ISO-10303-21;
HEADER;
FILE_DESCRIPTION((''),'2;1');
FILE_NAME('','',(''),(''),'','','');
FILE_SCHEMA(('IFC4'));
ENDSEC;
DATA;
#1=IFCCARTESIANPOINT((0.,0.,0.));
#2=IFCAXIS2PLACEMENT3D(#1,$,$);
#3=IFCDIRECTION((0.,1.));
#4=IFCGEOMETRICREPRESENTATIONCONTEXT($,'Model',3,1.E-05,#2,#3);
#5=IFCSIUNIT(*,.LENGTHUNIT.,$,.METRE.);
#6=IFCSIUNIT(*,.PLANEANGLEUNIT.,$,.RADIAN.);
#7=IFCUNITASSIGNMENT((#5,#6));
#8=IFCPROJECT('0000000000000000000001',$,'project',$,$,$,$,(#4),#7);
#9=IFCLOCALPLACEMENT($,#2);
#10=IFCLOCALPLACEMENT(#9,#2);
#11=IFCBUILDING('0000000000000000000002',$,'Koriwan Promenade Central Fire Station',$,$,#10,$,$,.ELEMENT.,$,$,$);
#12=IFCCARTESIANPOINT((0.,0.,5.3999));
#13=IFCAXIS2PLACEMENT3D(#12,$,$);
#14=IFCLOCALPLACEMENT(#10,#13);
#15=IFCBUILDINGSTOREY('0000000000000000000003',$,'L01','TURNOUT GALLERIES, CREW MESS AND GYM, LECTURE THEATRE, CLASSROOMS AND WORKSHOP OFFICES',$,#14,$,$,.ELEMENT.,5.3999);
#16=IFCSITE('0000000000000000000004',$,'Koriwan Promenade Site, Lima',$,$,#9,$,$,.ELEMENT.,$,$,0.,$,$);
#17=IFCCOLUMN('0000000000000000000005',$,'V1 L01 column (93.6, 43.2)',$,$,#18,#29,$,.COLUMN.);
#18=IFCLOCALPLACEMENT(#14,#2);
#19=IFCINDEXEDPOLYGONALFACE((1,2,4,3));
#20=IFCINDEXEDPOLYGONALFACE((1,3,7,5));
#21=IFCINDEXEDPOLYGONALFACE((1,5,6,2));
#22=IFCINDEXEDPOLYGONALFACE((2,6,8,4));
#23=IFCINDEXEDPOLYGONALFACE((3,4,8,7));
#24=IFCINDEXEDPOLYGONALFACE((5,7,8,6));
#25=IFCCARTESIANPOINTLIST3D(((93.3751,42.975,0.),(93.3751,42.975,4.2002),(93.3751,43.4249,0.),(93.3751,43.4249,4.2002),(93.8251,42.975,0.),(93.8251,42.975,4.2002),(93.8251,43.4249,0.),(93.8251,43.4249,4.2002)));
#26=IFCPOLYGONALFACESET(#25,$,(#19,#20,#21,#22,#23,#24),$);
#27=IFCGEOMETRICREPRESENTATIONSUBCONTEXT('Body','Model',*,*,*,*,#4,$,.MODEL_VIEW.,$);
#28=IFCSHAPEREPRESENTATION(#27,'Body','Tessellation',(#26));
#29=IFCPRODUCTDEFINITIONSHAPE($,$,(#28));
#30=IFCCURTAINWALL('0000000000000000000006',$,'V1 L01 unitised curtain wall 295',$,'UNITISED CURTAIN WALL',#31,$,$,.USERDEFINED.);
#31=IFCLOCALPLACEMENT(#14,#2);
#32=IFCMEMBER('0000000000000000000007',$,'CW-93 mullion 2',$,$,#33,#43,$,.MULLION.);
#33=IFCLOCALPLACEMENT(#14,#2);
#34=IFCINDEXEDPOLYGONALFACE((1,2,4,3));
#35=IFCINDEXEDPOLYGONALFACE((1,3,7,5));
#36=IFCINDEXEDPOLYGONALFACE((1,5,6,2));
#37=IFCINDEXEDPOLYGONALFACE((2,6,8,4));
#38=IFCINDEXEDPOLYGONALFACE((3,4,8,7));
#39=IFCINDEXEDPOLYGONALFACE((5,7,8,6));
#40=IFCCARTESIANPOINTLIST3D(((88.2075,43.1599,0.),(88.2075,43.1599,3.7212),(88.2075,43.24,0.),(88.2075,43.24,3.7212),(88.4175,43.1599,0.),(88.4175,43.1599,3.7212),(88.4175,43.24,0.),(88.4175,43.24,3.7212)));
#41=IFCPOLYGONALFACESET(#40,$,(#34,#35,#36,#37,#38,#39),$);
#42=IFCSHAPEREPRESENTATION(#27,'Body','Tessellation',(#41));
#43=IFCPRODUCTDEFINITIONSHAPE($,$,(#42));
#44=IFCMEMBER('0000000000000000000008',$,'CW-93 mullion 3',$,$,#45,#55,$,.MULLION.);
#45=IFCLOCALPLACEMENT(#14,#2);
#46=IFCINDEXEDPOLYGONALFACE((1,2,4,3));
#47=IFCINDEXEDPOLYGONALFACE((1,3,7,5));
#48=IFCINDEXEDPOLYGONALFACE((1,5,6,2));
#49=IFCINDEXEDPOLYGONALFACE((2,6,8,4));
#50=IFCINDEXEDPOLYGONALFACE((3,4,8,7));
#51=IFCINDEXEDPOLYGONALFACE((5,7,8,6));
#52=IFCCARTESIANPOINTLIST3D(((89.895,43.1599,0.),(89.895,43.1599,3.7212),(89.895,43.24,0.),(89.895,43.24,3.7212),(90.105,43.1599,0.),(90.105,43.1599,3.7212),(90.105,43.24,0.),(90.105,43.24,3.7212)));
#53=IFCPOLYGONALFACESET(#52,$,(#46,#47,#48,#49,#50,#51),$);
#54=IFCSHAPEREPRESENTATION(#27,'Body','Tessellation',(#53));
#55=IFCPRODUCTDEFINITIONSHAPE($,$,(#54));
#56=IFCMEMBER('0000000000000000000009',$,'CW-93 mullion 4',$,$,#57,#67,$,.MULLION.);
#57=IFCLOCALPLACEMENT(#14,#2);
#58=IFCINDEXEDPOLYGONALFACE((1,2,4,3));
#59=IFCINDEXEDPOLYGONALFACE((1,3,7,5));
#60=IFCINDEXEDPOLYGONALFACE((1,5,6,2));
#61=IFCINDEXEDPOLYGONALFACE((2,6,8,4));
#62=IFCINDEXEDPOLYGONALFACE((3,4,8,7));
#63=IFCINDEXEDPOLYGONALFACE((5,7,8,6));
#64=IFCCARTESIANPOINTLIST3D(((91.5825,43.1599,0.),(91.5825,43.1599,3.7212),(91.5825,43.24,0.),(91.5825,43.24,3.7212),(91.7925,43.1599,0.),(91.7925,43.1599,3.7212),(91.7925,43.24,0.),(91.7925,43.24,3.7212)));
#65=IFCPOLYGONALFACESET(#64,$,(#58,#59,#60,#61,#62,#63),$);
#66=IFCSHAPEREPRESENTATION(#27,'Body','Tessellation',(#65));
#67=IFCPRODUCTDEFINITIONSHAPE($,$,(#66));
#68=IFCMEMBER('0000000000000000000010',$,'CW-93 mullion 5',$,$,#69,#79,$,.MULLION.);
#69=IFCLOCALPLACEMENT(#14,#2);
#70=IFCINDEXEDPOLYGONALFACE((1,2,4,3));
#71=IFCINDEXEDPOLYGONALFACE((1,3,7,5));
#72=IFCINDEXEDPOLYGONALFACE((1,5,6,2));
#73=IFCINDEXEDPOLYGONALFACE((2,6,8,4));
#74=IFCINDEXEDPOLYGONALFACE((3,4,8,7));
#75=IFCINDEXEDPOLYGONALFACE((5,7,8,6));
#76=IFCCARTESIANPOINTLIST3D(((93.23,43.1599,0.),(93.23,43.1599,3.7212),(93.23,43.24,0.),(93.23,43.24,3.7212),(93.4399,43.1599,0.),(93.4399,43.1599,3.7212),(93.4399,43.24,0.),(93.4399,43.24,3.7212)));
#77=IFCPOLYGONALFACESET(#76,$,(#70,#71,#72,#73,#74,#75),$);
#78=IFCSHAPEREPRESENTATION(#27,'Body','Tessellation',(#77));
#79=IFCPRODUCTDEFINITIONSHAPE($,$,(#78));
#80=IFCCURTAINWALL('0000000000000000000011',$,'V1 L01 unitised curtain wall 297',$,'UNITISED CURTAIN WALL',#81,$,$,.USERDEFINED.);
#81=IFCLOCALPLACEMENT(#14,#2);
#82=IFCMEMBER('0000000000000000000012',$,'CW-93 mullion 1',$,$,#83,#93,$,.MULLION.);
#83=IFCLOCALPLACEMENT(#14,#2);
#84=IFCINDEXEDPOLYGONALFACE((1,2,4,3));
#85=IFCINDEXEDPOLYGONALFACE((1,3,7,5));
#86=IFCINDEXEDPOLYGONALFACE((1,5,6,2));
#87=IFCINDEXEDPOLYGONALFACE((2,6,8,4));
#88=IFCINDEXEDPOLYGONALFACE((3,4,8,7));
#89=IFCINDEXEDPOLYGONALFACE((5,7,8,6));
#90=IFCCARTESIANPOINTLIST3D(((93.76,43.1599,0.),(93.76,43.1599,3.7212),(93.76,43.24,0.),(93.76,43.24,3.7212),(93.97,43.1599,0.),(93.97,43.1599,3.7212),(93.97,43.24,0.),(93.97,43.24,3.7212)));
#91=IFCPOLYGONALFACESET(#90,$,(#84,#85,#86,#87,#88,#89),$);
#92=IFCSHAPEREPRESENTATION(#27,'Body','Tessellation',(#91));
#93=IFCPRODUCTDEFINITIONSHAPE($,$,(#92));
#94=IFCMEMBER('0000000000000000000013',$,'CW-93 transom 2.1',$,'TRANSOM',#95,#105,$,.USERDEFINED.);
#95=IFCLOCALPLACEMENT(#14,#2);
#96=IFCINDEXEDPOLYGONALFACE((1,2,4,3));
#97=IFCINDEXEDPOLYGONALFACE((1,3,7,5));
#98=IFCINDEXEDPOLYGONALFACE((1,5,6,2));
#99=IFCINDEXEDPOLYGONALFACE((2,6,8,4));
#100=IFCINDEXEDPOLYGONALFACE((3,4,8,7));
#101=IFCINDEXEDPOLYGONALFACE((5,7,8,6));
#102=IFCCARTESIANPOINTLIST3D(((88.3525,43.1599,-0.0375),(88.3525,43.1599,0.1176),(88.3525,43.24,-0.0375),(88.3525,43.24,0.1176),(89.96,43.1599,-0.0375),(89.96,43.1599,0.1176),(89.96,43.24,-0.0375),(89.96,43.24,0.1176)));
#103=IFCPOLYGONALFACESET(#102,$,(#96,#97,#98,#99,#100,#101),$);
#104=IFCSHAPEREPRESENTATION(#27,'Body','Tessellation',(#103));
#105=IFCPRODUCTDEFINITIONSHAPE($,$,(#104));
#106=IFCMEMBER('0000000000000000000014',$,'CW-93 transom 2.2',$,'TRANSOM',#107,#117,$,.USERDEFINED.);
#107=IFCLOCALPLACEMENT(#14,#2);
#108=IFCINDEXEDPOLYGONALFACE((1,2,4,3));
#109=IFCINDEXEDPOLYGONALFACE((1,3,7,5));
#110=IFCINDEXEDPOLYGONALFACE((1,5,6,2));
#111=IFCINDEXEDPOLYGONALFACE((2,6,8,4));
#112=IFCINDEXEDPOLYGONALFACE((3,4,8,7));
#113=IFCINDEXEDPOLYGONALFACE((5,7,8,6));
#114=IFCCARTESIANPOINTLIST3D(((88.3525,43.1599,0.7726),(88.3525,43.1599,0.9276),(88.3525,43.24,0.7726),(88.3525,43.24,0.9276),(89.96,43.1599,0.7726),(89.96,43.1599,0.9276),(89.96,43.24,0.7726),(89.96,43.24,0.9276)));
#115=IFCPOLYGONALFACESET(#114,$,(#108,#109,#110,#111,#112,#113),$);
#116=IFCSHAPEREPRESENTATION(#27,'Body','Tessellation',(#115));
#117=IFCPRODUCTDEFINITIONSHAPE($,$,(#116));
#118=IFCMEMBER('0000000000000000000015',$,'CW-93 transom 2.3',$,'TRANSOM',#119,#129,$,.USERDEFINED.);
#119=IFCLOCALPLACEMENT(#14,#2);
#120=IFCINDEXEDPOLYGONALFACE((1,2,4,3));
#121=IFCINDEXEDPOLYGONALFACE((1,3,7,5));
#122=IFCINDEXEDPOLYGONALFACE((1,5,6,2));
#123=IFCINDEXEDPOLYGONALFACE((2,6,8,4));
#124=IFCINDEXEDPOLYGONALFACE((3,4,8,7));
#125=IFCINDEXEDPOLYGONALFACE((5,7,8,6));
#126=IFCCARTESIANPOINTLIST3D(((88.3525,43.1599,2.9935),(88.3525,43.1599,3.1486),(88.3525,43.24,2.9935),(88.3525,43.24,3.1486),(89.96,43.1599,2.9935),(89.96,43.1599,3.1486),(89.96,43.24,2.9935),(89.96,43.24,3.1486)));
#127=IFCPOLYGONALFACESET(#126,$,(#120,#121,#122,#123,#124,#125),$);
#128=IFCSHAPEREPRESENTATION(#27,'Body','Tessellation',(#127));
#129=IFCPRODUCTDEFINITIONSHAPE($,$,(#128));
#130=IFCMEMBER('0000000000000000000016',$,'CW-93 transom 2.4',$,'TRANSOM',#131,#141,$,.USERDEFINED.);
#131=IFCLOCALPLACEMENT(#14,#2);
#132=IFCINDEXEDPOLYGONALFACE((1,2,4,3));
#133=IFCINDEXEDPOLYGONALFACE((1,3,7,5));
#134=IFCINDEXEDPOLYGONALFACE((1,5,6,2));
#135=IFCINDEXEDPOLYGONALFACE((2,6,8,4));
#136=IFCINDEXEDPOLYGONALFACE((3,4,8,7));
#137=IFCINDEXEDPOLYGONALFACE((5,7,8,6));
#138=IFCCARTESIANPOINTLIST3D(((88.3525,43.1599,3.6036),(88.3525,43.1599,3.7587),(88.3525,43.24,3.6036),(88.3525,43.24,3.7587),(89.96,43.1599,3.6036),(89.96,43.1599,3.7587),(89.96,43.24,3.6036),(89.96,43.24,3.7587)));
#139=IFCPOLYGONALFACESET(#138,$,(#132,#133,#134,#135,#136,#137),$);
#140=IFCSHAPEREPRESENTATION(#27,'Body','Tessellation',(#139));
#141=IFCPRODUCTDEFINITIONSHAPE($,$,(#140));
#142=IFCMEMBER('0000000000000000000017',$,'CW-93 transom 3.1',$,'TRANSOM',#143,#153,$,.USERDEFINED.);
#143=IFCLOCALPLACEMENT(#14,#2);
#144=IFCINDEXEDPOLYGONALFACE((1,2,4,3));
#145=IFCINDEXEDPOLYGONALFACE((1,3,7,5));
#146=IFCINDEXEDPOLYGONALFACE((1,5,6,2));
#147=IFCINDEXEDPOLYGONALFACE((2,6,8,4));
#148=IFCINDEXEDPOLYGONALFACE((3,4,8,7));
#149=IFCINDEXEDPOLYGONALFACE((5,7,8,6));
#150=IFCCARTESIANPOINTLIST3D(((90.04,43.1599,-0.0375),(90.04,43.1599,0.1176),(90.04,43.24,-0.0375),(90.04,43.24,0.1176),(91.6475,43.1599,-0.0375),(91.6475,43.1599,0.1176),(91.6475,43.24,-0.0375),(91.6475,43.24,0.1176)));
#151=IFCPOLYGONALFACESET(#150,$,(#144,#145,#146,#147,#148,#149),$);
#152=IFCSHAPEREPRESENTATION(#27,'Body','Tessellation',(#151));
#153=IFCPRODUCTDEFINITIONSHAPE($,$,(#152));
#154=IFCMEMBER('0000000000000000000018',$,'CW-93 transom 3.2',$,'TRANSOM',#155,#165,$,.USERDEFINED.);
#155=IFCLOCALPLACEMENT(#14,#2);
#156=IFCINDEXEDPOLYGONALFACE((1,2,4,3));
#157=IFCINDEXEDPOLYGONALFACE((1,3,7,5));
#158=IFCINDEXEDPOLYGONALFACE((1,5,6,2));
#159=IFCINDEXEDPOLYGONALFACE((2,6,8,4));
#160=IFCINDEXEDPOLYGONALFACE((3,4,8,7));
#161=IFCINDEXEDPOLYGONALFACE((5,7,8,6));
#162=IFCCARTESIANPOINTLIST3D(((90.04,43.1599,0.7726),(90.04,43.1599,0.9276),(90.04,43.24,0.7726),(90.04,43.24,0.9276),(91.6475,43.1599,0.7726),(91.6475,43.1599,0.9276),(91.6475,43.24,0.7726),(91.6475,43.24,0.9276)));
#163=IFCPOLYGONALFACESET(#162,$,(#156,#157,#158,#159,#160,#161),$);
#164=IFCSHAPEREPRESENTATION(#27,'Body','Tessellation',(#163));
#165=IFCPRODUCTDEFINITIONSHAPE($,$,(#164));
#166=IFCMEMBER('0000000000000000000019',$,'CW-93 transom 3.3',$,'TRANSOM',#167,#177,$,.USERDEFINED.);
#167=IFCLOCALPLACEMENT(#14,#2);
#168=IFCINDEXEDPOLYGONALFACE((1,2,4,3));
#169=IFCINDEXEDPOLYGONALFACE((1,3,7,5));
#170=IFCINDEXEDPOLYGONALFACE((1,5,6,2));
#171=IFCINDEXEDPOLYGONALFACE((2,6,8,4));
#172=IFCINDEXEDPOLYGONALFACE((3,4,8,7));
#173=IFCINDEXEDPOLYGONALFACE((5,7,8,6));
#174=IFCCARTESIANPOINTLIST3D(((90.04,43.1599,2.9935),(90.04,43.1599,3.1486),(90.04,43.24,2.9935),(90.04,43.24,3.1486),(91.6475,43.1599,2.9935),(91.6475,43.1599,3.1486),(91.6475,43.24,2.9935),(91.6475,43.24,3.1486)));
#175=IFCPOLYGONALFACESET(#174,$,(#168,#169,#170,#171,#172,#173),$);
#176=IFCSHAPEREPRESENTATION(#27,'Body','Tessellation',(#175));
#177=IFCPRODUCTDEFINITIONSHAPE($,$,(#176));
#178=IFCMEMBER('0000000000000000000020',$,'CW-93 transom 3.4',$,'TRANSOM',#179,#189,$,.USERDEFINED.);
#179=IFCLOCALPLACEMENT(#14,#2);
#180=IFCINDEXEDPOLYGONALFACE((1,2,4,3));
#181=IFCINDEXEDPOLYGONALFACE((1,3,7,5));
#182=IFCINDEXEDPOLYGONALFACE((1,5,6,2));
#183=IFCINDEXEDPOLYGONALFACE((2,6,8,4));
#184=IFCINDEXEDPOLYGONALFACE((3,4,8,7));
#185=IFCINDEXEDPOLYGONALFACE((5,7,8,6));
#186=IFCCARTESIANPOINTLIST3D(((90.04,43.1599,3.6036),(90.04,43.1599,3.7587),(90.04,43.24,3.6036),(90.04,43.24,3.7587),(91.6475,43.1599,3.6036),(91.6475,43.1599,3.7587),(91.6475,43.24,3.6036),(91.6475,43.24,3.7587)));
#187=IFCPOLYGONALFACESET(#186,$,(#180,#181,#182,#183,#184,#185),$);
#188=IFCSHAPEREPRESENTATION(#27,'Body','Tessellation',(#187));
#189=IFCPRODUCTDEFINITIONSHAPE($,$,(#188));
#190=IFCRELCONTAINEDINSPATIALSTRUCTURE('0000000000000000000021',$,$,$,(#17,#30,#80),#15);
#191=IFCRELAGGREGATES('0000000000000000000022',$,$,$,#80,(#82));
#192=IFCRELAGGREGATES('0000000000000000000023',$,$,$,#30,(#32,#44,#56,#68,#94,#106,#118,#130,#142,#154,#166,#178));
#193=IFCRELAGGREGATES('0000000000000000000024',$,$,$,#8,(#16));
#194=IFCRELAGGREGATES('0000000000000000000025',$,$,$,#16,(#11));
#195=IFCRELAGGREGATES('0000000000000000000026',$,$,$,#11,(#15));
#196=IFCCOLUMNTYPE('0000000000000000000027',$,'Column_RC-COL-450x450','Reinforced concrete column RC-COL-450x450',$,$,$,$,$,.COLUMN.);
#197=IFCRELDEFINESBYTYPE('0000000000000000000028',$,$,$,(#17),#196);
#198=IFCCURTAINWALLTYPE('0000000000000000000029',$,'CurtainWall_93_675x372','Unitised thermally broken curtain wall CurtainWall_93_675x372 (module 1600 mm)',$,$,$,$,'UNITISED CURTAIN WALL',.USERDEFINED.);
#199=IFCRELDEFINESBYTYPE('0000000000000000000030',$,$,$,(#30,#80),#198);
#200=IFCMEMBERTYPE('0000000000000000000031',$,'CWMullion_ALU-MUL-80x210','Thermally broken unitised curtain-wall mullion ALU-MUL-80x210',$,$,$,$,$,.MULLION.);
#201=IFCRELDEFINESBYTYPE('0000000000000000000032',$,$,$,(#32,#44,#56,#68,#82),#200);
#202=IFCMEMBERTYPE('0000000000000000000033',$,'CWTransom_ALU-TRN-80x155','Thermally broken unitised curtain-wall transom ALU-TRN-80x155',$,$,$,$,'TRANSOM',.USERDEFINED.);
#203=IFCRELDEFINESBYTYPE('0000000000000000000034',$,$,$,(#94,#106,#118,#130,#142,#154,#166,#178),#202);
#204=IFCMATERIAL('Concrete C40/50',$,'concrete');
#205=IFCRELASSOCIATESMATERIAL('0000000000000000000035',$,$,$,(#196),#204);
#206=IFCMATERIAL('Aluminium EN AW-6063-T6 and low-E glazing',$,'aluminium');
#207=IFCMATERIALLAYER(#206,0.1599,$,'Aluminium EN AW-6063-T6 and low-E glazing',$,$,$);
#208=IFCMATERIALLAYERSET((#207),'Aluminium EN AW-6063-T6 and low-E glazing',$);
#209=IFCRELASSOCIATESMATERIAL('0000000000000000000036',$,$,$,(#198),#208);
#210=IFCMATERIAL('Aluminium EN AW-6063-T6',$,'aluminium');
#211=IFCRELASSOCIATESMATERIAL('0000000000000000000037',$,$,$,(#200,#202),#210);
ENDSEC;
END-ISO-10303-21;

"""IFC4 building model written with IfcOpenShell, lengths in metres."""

from ifc_helpers import new_model, si_unit, direction, frame, origin, origin_2d, place, context, subcontext, project, spatial, rectangle, extrude, material, layer, layer_set, material_profile, profile_set, type_object, element, aggregate, save


model = new_model("IFC4")

# Units and contexts
model_context = context("Model", 3, precision=1e-05, world=origin(), true_north=direction((0.0, 1.0)))
body_context = subcontext(model_context, "Body", "Model", "MODEL_VIEW")
ifc_project = project(units=[si_unit("LENGTHUNIT", "METRE"), si_unit("PLANEANGLEUNIT", "RADIAN")], contexts=[model_context])

# Site, building, storey
site_placement = place(None, origin())
site = spatial("IfcSite", under=ifc_project, at=site_placement, Name="Koriwan Promenade Site, Lima", CompositionType="ELEMENT", RefElevation=0.0)
building_placement = place(site_placement, origin())
building = spatial("IfcBuilding", under=site, at=building_placement, Name="Koriwan Promenade Central Fire Station", CompositionType="ELEMENT")
storey_placement = place(building_placement, frame((0.0, 0.0, 5.3999)))
storey = spatial("IfcBuildingStorey", under=building, at=storey_placement, Name="L01", Description="TURNOUT GALLERIES, CREW MESS AND GYM, LECTURE THEATRE, CLASSROOMS AND WORKSHOP OFFICES", CompositionType="ELEMENT", Elevation=5.3999)

# Column
ifc_material_1 = material(Name="Concrete C40/50", Category="concrete")
ifc_material_profile_1 = material_profile(ifc_material_1, rectangle(XDim=0.45, YDim=0.45, at=origin_2d()), Name="RC-COL-450x450")
ifc_profile_set_1 = profile_set([ifc_material_profile_1], Name="Concrete C40/50")
column_type = type_object("IfcColumnType", Name="Column_RC-COL-450x450", Description="Reinforced concrete column RC-COL-450x450", PredefinedType="COLUMN", material=ifc_profile_set_1)
column_placement = place(storey_placement, frame((93.6001, 43.2, 0.0), z_axis=(0.0, 0.0, 1.0), x_axis=(1.0, 0.0, 0.0)))
element("IfcColumn", 1, at=column_placement, inside=storey, type_object=column_type, Name="V1 L01 column (93.6, 43.2)", PredefinedType="COLUMN", context=body_context, shape_type="SweptSolid", body=[
    extrude(rectangle(XDim=0.45, YDim=0.45, at=origin_2d()), origin(), (0.0, 0.0, 1.0), 4.2002),
])

# Curtain wall, members
ifc_material_2 = material(Name="Aluminium EN AW-6063-T6 and low-E glazing", Category="aluminium")
ifc_layer_1 = layer(ifc_material_2, 0.1599, Name="Aluminium EN AW-6063-T6 and low-E glazing")
ifc_layer_set_1 = layer_set([ifc_layer_1], Name="Aluminium EN AW-6063-T6 and low-E glazing")
curtain_wall_type = type_object("IfcCurtainWallType", Name="CurtainWall_93_675x372", Description="Unitised thermally broken curtain wall CurtainWall_93_675x372 (module 1600 mm)", ElementType="UNITISED CURTAIN WALL", PredefinedType="USERDEFINED", material=ifc_layer_set_1)
curtain_wall_1_placement = place(storey_placement, origin())
curtain_wall_1 = element("IfcCurtainWall", 2, at=curtain_wall_1_placement, inside=storey, type_object=curtain_wall_type, Name="V1 L01 unitised curtain wall 295", ObjectType="UNITISED CURTAIN WALL", PredefinedType="USERDEFINED")
ifc_material_3 = material(Name="Aluminium EN AW-6063-T6", Category="aluminium")
ifc_material_profile_2 = material_profile(ifc_material_3, rectangle(XDim=0.0801, YDim=0.21, at=origin_2d()), Name="ALU-MUL-80x210")
ifc_profile_set_2 = profile_set([ifc_material_profile_2], Name="Aluminium EN AW-6063-T6")
member_type_1 = type_object("IfcMemberType", Name="CWMullion_ALU-MUL-80x210", Description="Thermally broken unitised curtain-wall mullion ALU-MUL-80x210", PredefinedType="MULLION", material=ifc_profile_set_2)
member_1_placement = place(storey_placement, frame((88.3125, 43.2, 0.0), z_axis=(0.0, 0.0, 1.0), x_axis=(0.0, 1.0, 0.0)))
member_1 = element("IfcMember", 3, at=member_1_placement, type_object=member_type_1, Name="CW-93 mullion 2", PredefinedType="MULLION", context=body_context, shape_type="SweptSolid", body=[
    extrude(rectangle(XDim=0.0801, YDim=0.21, at=origin_2d()), origin(), (0.0, 0.0, 1.0), 3.7212),
])
member_2_placement = place(storey_placement, frame((90.0, 43.2, 0.0), z_axis=(0.0, 0.0, 1.0), x_axis=(0.0, 1.0, 0.0)))
member_2 = element("IfcMember", 4, at=member_2_placement, type_object=member_type_1, Name="CW-93 mullion 3", PredefinedType="MULLION", context=body_context, shape_type="SweptSolid", body=[
    extrude(rectangle(XDim=0.0801, YDim=0.21, at=origin_2d()), origin(), (0.0, 0.0, 1.0), 3.7212),
])
member_3_placement = place(storey_placement, frame((91.6875, 43.2, 0.0), z_axis=(0.0, 0.0, 1.0), x_axis=(0.0, 1.0, 0.0)))
member_3 = element("IfcMember", 5, at=member_3_placement, type_object=member_type_1, Name="CW-93 mullion 4", PredefinedType="MULLION", context=body_context, shape_type="SweptSolid", body=[
    extrude(rectangle(XDim=0.0801, YDim=0.21, at=origin_2d()), origin(), (0.0, 0.0, 1.0), 3.7212),
])
member_4_placement = place(storey_placement, frame((93.335, 43.2, 0.0), z_axis=(0.0, 0.0, 1.0), x_axis=(0.0, 1.0, 0.0)))
member_4 = element("IfcMember", 6, at=member_4_placement, type_object=member_type_1, Name="CW-93 mullion 5", PredefinedType="MULLION", context=body_context, shape_type="SweptSolid", body=[
    extrude(rectangle(XDim=0.0801, YDim=0.21, at=origin_2d()), origin(), (0.0, 0.0, 1.0), 3.7212),
])

# Curtain wall, member
curtain_wall_2_placement = place(storey_placement, origin())
curtain_wall_2 = element("IfcCurtainWall", 7, at=curtain_wall_2_placement, inside=storey, type_object=curtain_wall_type, Name="V1 L01 unitised curtain wall 297", ObjectType="UNITISED CURTAIN WALL", PredefinedType="USERDEFINED")
member_5_placement = place(storey_placement, frame((93.865, 43.2, 0.0), z_axis=(0.0, 0.0, 1.0), x_axis=(0.0, 1.0, 0.0)))
member_5 = element("IfcMember", 8, at=member_5_placement, type_object=member_type_1, Name="CW-93 mullion 1", PredefinedType="MULLION", context=body_context, shape_type="SweptSolid", body=[
    extrude(rectangle(XDim=0.0801, YDim=0.21, at=origin_2d()), origin(), (0.0, 0.0, 1.0), 3.7212),
])
aggregate(curtain_wall_2, [member_5])

# Members
ifc_material_profile_3 = material_profile(ifc_material_3, rectangle(XDim=0.0801, YDim=0.155, at=origin_2d()), Name="ALU-TRN-80x155")
ifc_profile_set_3 = profile_set([ifc_material_profile_3], Name="Aluminium EN AW-6063-T6")
member_type_2 = type_object("IfcMemberType", Name="CWTransom_ALU-TRN-80x155", Description="Thermally broken unitised curtain-wall transom ALU-TRN-80x155", ElementType="TRANSOM", PredefinedType="USERDEFINED", material=ifc_profile_set_3)
member_6_placement = place(storey_placement, frame((88.3525, 43.2, 0.04), z_axis=(1.0, 0.0, 0.0), x_axis=(0.0, 1.0, 0.0)))
member_6 = element("IfcMember", 9, at=member_6_placement, type_object=member_type_2, Name="CW-93 transom 2.1", ObjectType="TRANSOM", PredefinedType="USERDEFINED", context=body_context, shape_type="SweptSolid", body=[
    extrude(rectangle(XDim=0.0801, YDim=0.155, at=origin_2d()), origin(), (0.0, 0.0, 1.0), 1.6074),
])
member_7_placement = place(storey_placement, frame((88.3525, 43.2, 0.8501), z_axis=(1.0, 0.0, 0.0), x_axis=(0.0, 1.0, 0.0)))
member_7 = element("IfcMember", 10, at=member_7_placement, type_object=member_type_2, Name="CW-93 transom 2.2", ObjectType="TRANSOM", PredefinedType="USERDEFINED", context=body_context, shape_type="SweptSolid", body=[
    extrude(rectangle(XDim=0.0801, YDim=0.155, at=origin_2d()), origin(), (0.0, 0.0, 1.0), 1.6074),
])
member_8_placement = place(storey_placement, frame((88.3525, 43.2, 3.071), z_axis=(1.0, 0.0, 0.0), x_axis=(0.0, 1.0, 0.0)))
member_8 = element("IfcMember", 11, at=member_8_placement, type_object=member_type_2, Name="CW-93 transom 2.3", ObjectType="TRANSOM", PredefinedType="USERDEFINED", context=body_context, shape_type="SweptSolid", body=[
    extrude(rectangle(XDim=0.0801, YDim=0.155, at=origin_2d()), origin(), (0.0, 0.0, 1.0), 1.6074),
])
member_9_placement = place(storey_placement, frame((88.3525, 43.2, 3.6812), z_axis=(1.0, 0.0, 0.0), x_axis=(0.0, 1.0, 0.0)))
member_9 = element("IfcMember", 12, at=member_9_placement, type_object=member_type_2, Name="CW-93 transom 2.4", ObjectType="TRANSOM", PredefinedType="USERDEFINED", context=body_context, shape_type="SweptSolid", body=[
    extrude(rectangle(XDim=0.0801, YDim=0.155, at=origin_2d()), origin(), (0.0, 0.0, 1.0), 1.6074),
])
member_10_placement = place(storey_placement, frame((90.04, 43.2, 0.04), z_axis=(1.0, 0.0, 0.0), x_axis=(0.0, 1.0, 0.0)))
member_10 = element("IfcMember", 13, at=member_10_placement, type_object=member_type_2, Name="CW-93 transom 3.1", ObjectType="TRANSOM", PredefinedType="USERDEFINED", context=body_context, shape_type="SweptSolid", body=[
    extrude(rectangle(XDim=0.0801, YDim=0.155, at=origin_2d()), origin(), (0.0, 0.0, 1.0), 1.6074),
])
member_11_placement = place(storey_placement, frame((90.04, 43.2, 0.8501), z_axis=(1.0, 0.0, 0.0), x_axis=(0.0, 1.0, 0.0)))
member_11 = element("IfcMember", 14, at=member_11_placement, type_object=member_type_2, Name="CW-93 transom 3.2", ObjectType="TRANSOM", PredefinedType="USERDEFINED", context=body_context, shape_type="SweptSolid", body=[
    extrude(rectangle(XDim=0.0801, YDim=0.155, at=origin_2d()), origin(), (0.0, 0.0, 1.0), 1.6074),
])
member_12_placement = place(storey_placement, frame((90.04, 43.2, 3.071), z_axis=(1.0, 0.0, 0.0), x_axis=(0.0, 1.0, 0.0)))
member_12 = element("IfcMember", 15, at=member_12_placement, type_object=member_type_2, Name="CW-93 transom 3.3", ObjectType="TRANSOM", PredefinedType="USERDEFINED", context=body_context, shape_type="SweptSolid", body=[
    extrude(rectangle(XDim=0.0801, YDim=0.155, at=origin_2d()), origin(), (0.0, 0.0, 1.0), 1.6074),
])
member_13_placement = place(storey_placement, frame((90.04, 43.2, 3.6812), z_axis=(1.0, 0.0, 0.0), x_axis=(0.0, 1.0, 0.0)))
member_13 = element("IfcMember", 16, at=member_13_placement, type_object=member_type_2, Name="CW-93 transom 3.4", ObjectType="TRANSOM", PredefinedType="USERDEFINED", context=body_context, shape_type="SweptSolid", body=[
    extrude(rectangle(XDim=0.0801, YDim=0.155, at=origin_2d()), origin(), (0.0, 0.0, 1.0), 1.6074),
])

aggregate(curtain_wall_1, [member_1, member_2, member_3, member_4, member_6, member_7, member_8, member_9, member_10, member_11, member_12, member_13])

save(model, "model.ifc")
